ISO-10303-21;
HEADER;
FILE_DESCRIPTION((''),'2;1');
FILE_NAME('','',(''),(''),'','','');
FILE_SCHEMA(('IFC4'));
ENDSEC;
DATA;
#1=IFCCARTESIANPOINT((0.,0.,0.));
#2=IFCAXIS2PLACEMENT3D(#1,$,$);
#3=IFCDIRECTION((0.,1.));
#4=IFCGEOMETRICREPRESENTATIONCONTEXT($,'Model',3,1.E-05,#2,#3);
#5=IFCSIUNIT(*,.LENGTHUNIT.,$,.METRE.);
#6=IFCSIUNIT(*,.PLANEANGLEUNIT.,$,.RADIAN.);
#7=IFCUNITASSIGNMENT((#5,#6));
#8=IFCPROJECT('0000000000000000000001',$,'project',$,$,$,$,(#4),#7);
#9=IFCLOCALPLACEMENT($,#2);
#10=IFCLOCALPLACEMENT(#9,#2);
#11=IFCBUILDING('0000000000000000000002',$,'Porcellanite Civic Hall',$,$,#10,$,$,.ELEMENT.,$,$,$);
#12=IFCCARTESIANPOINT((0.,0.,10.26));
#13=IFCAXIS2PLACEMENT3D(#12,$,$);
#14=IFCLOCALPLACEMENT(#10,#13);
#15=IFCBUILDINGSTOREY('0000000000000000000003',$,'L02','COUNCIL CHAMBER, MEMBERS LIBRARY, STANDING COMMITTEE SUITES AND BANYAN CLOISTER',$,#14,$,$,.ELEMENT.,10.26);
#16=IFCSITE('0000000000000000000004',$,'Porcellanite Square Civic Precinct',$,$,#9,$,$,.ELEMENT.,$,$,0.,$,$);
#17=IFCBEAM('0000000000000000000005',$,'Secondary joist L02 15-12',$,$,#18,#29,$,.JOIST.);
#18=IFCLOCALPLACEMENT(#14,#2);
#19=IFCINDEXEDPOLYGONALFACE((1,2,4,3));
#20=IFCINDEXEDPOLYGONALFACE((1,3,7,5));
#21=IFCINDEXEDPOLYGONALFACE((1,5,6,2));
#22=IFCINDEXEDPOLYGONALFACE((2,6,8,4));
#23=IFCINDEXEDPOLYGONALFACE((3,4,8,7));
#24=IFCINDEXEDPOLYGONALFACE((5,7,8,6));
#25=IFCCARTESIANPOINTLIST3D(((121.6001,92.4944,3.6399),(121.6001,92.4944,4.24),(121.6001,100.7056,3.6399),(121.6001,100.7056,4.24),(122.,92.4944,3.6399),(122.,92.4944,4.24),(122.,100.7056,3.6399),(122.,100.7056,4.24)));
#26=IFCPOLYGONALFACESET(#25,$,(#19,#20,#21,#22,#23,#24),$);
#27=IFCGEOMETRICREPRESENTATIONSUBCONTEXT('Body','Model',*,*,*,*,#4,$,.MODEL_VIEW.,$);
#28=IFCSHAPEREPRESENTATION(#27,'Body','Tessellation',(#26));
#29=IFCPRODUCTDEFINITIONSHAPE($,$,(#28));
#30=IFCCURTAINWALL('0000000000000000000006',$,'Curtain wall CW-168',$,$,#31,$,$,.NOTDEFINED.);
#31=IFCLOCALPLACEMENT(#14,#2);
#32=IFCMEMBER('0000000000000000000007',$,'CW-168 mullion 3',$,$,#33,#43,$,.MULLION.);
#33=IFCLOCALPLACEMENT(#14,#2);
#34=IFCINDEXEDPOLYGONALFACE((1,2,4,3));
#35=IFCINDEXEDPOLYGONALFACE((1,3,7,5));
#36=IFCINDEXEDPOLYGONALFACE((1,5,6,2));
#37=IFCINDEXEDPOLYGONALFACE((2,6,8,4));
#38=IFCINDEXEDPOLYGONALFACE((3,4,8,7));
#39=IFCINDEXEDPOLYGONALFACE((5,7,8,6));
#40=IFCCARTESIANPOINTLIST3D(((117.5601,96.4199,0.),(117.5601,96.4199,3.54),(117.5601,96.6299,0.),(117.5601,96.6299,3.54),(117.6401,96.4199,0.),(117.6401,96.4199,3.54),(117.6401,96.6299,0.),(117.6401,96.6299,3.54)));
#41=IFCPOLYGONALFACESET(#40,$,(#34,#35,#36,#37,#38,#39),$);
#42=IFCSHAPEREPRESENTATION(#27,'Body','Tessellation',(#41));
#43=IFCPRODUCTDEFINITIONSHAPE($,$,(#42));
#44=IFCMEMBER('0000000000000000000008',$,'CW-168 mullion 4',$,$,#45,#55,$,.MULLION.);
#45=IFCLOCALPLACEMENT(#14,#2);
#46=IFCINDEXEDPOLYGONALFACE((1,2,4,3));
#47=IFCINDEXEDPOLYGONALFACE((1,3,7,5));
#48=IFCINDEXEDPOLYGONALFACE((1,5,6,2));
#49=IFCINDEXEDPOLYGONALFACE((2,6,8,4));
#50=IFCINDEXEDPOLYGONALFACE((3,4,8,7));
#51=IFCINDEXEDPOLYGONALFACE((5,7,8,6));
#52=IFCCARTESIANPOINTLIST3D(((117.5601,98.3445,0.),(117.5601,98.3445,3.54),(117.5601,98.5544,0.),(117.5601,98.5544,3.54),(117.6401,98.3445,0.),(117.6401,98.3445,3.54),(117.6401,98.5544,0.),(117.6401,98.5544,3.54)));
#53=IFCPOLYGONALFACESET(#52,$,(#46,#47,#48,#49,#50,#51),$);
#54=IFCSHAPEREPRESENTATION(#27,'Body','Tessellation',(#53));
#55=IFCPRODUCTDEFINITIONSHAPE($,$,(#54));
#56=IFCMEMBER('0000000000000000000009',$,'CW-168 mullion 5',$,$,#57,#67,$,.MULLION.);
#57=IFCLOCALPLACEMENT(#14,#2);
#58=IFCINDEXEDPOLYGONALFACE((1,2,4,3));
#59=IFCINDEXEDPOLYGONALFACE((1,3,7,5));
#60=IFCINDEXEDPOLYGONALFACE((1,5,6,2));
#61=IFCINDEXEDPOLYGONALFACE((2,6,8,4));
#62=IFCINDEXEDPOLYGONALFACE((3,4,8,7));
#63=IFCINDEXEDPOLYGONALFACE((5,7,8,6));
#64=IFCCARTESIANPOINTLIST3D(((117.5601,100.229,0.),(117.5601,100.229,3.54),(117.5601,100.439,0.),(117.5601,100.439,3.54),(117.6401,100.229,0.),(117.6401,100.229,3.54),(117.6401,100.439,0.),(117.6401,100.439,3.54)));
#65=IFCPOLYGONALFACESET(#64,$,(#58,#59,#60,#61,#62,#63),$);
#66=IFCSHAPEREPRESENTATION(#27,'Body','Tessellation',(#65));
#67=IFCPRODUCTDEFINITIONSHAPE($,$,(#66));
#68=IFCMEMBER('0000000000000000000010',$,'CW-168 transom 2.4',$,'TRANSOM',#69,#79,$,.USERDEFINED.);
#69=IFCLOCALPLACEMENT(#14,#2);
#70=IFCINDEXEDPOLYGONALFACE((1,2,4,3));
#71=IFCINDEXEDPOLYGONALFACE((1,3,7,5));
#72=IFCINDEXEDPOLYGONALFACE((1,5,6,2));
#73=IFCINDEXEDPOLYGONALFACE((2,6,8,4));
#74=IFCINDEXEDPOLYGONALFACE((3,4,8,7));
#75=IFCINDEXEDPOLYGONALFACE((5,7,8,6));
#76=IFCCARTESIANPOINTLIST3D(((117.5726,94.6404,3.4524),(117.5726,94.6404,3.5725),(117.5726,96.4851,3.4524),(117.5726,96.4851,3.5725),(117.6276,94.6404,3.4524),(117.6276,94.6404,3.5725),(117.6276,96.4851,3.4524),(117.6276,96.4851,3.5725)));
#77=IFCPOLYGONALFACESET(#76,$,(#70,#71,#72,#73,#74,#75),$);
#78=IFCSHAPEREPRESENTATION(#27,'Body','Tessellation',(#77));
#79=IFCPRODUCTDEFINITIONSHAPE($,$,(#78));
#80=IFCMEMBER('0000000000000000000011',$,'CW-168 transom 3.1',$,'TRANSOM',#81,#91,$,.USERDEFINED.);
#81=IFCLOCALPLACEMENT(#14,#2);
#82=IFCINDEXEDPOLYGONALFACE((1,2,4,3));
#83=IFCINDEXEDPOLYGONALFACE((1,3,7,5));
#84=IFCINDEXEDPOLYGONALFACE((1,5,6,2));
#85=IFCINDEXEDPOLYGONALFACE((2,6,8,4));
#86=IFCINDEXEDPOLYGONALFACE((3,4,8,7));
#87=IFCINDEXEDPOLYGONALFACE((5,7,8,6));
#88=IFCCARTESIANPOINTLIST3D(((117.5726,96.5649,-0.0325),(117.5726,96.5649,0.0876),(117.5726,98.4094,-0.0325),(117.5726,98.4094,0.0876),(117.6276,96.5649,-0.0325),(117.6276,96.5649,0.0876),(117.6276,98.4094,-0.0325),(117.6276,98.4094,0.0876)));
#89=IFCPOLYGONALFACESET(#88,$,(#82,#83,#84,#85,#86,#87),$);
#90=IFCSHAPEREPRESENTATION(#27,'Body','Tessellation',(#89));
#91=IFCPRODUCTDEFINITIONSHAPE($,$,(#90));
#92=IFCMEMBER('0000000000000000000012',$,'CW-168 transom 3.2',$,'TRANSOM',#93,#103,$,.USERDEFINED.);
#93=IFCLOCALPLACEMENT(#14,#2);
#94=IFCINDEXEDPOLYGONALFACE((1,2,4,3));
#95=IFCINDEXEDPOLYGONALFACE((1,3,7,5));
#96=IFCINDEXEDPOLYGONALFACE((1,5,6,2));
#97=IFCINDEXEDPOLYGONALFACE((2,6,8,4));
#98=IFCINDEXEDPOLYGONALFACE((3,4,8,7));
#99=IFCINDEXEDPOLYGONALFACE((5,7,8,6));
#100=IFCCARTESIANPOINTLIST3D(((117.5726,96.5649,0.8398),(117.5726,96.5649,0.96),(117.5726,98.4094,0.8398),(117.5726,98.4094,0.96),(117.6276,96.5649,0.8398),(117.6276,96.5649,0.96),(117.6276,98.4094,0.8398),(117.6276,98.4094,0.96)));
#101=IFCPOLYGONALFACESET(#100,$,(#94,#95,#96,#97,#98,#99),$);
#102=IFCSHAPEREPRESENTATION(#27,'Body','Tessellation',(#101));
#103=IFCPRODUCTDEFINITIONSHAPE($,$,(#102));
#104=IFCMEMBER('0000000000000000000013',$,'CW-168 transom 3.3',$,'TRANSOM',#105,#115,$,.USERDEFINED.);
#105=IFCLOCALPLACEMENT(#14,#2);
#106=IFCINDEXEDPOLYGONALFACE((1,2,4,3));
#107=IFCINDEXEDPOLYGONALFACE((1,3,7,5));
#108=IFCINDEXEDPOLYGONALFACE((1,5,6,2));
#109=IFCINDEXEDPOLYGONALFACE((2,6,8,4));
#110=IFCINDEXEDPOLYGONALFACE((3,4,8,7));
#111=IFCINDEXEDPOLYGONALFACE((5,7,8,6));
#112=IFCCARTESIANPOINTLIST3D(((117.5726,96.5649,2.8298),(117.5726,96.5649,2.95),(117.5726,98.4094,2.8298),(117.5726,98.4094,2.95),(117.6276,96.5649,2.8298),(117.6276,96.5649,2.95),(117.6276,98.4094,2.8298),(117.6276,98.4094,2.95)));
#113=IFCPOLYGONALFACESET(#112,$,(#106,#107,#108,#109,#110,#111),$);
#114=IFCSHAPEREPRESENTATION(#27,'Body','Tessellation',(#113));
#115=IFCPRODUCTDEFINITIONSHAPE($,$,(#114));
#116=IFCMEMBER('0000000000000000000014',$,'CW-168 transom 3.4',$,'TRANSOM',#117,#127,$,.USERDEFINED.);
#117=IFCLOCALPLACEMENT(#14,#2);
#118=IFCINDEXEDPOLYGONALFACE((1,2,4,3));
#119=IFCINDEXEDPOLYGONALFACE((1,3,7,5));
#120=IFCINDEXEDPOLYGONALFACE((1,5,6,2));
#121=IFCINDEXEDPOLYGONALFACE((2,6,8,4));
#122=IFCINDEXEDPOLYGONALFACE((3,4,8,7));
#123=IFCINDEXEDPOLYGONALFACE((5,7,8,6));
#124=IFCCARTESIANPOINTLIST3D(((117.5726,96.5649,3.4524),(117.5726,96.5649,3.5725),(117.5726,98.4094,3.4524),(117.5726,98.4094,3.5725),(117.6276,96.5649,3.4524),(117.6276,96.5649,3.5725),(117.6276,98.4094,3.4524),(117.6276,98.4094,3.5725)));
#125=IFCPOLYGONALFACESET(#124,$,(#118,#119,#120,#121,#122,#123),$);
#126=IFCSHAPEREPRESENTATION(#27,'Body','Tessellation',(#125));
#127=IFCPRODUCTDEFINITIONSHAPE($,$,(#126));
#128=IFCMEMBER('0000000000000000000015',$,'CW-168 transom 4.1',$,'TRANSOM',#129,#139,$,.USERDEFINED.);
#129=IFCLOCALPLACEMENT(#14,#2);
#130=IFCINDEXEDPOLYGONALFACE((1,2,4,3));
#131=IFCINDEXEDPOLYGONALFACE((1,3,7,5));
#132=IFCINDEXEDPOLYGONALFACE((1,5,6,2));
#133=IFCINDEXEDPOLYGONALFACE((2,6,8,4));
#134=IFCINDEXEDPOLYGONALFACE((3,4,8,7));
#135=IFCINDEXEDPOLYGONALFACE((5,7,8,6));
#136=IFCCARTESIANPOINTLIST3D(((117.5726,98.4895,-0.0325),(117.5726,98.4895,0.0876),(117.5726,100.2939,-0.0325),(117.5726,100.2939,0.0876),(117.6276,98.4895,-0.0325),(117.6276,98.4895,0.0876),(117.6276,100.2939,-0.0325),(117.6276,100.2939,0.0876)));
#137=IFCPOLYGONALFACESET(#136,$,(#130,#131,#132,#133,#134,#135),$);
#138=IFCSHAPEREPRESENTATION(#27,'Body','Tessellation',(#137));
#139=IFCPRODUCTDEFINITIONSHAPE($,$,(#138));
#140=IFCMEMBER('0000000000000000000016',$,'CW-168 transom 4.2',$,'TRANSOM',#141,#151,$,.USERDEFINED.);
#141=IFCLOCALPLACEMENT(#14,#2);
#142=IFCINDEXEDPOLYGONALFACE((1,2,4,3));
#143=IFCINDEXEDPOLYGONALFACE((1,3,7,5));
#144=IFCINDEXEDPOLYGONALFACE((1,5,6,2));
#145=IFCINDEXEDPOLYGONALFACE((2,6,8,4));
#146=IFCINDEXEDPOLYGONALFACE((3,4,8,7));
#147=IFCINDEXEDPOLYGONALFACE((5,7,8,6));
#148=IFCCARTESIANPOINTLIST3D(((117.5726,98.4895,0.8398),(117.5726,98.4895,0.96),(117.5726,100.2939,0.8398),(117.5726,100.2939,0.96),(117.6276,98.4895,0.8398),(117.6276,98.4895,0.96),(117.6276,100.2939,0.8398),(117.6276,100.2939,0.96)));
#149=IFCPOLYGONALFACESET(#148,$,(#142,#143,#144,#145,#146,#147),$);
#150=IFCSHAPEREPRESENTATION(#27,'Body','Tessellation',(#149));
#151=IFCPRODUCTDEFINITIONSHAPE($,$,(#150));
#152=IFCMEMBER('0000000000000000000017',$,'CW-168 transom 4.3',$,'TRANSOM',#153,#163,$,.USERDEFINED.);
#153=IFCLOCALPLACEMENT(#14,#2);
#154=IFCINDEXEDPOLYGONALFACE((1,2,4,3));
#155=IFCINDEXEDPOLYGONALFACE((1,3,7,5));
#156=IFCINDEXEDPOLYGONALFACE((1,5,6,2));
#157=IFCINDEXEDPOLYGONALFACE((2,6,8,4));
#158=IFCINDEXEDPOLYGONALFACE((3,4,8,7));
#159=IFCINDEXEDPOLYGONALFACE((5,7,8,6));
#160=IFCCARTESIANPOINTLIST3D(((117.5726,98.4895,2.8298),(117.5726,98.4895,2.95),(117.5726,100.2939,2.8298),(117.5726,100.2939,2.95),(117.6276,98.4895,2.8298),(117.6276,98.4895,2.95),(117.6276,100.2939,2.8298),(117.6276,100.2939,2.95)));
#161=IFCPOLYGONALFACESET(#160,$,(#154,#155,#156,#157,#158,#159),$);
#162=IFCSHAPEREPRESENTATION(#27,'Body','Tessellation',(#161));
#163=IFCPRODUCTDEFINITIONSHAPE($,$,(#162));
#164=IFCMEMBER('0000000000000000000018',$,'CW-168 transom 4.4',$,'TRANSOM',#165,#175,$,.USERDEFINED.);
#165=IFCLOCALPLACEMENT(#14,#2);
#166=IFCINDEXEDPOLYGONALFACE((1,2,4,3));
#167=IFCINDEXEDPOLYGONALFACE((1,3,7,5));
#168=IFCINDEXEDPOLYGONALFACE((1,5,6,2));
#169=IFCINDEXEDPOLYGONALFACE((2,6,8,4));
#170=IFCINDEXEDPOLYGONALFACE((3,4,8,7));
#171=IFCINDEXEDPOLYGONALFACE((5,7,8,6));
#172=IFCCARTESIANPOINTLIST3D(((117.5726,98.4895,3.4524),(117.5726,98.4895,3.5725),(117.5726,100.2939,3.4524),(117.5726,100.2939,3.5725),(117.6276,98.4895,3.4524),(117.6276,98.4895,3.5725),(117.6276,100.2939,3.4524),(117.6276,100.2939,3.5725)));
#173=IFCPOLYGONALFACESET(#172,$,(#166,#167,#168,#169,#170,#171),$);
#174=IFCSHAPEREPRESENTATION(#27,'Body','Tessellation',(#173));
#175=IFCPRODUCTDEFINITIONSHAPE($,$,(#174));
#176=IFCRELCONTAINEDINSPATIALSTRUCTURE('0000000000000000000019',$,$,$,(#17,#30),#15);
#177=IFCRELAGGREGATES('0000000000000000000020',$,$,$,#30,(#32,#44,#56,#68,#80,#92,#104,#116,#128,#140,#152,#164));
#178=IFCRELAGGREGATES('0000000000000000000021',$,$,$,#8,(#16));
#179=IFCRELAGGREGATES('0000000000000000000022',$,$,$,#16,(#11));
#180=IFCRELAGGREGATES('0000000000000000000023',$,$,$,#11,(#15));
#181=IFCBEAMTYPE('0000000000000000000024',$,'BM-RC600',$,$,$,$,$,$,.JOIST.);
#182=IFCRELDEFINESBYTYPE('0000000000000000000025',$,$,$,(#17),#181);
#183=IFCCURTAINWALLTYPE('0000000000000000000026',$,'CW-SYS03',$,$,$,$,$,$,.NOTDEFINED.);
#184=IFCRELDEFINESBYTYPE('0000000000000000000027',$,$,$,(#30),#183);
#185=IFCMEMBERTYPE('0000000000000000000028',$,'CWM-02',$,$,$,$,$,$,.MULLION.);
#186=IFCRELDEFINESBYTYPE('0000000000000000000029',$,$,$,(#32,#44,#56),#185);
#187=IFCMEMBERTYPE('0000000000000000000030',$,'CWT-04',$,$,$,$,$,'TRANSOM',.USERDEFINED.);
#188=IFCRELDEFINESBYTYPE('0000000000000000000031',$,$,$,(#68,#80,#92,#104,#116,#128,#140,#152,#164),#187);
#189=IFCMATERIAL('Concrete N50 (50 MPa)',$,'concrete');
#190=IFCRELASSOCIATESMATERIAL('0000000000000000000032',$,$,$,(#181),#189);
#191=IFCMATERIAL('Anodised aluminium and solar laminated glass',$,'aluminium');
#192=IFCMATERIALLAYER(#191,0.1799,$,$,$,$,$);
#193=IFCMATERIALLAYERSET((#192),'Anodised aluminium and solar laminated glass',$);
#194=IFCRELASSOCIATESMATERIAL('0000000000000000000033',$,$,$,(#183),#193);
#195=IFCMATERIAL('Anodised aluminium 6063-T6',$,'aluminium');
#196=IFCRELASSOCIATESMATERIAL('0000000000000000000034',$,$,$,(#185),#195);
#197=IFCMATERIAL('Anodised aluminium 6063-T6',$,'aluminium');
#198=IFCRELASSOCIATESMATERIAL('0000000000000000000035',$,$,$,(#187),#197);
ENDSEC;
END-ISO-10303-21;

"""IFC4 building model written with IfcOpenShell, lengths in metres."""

from ifc_helpers import new_model, si_unit, direction, frame, origin, origin_2d, place, context, subcontext, project, spatial, rectangle, extrude, material, layer, layer_set, material_profile, profile_set, type_object, element, aggregate, save


model = new_model("IFC4")

# Units and contexts
model_context = context("Model", 3, precision=1e-05, world=origin(), true_north=direction((0.0, 1.0)))
body_context = subcontext(model_context, "Body", "Model", "MODEL_VIEW")
ifc_project = project(units=[si_unit("LENGTHUNIT", "METRE"), si_unit("PLANEANGLEUNIT", "RADIAN")], contexts=[model_context])

# Site, building, storey
site_placement = place(None, origin())
site = spatial("IfcSite", under=ifc_project, at=site_placement, Name="Porcellanite Square Civic Precinct", CompositionType="ELEMENT", RefElevation=0.0)
building_placement = place(site_placement, origin())
building = spatial("IfcBuilding", under=site, at=building_placement, Name="Porcellanite Civic Hall", CompositionType="ELEMENT")
storey_placement = place(building_placement, frame((0.0, 0.0, 10.26)))
storey = spatial("IfcBuildingStorey", under=building, at=storey_placement, Name="L02", Description="COUNCIL CHAMBER, MEMBERS LIBRARY, STANDING COMMITTEE SUITES AND BANYAN CLOISTER", CompositionType="ELEMENT", Elevation=10.26)

# Beam
ifc_material_1 = material(Name="Concrete N50 (50 MPa)", Category="concrete")
ifc_material_profile_1 = material_profile(ifc_material_1, rectangle(XDim=0.3999, YDim=0.6001, at=origin_2d()), Name="RC-400x600")
ifc_profile_set_1 = profile_set([ifc_material_profile_1], Name="Concrete N50 (50 MPa)")
beam_type_1 = type_object("IfcBeamType", Name="BM-RC600", PredefinedType="JOIST", material=ifc_profile_set_1)
beam_1_placement = place(storey_placement, frame((121.8, 92.4944, 3.9399), z_axis=(0.0, 1.0, 0.0), x_axis=(-1.0, 0.0, 0.0)))
element("IfcBeam", 1, at=beam_1_placement, inside=storey, type_object=beam_type_1, Name="Secondary joist L02 15-12", PredefinedType="JOIST", context=body_context, shape_type="SweptSolid", body=[
    extrude(rectangle(XDim=0.3999, YDim=0.6001, at=origin_2d()), origin(), (0.0, 0.0, 1.0), 8.2112),
])

# Curtain wall, members
ifc_material_2 = material(Name="Anodised aluminium and solar laminated glass", Category="aluminium")
ifc_layer_1 = layer(ifc_material_2, 0.1799)
ifc_layer_set_1 = layer_set([ifc_layer_1], Name="Anodised aluminium and solar laminated glass")
curtain_wall_type = type_object("IfcCurtainWallType", Name="CW-SYS03", PredefinedType="NOTDEFINED", material=ifc_layer_set_1)
curtain_wall_placement = place(storey_placement, origin())
curtain_wall = element("IfcCurtainWall", 2, at=curtain_wall_placement, inside=storey, type_object=curtain_wall_type, Name="Curtain wall CW-168", PredefinedType="NOTDEFINED")
ifc_material_3 = material(Name="Anodised aluminium 6063-T6", Category="aluminium")
ifc_material_profile_2 = material_profile(ifc_material_3, rectangle(XDim=0.0801, YDim=0.21, at=origin_2d()), Name="AL-80x210")
ifc_profile_set_2 = profile_set([ifc_material_profile_2], Name="Anodised aluminium 6063-T6")
member_type_1 = type_object("IfcMemberType", Name="CWM-02", PredefinedType="MULLION", material=ifc_profile_set_2)
member_1_placement = place(storey_placement, frame((117.6001, 96.5249, 0.0), z_axis=(0.0, 0.0, 1.0), x_axis=(-1.0, 0.0, 0.0)))
member_1 = element("IfcMember", 3, at=member_1_placement, type_object=member_type_1, Name="CW-168 mullion 3", PredefinedType="MULLION", context=body_context, shape_type="SweptSolid", body=[
    extrude(rectangle(XDim=0.0801, YDim=0.21, at=origin_2d()), origin(), (0.0, 0.0, 1.0), 3.54),
])
member_2_placement = place(storey_placement, frame((117.6001, 98.4495, 0.0), z_axis=(0.0, 0.0, 1.0), x_axis=(-1.0, 0.0, 0.0)))
member_2 = element("IfcMember", 4, at=member_2_placement, type_object=member_type_1, Name="CW-168 mullion 4", PredefinedType="MULLION", context=body_context, shape_type="SweptSolid", body=[
    extrude(rectangle(XDim=0.0801, YDim=0.21, at=origin_2d()), origin(), (0.0, 0.0, 1.0), 3.54),
])
member_3_placement = place(storey_placement, frame((117.6001, 100.334, 0.0), z_axis=(0.0, 0.0, 1.0), x_axis=(-1.0, 0.0, 0.0)))
member_3 = element("IfcMember", 5, at=member_3_placement, type_object=member_type_1, Name="CW-168 mullion 5", PredefinedType="MULLION", context=body_context, shape_type="SweptSolid", body=[
    extrude(rectangle(XDim=0.0801, YDim=0.21, at=origin_2d()), origin(), (0.0, 0.0, 1.0), 3.54),
])
ifc_material_4 = material(Name="Anodised aluminium 6063-T6", Category="aluminium")
ifc_material_profile_3 = material_profile(ifc_material_4, rectangle(XDim=0.0549, YDim=0.1201, at=origin_2d()), Name="AL-55x120")
ifc_profile_set_3 = profile_set([ifc_material_profile_3], Name="Anodised aluminium 6063-T6")
member_type_2 = type_object("IfcMemberType", Name="CWT-04", ElementType="TRANSOM", PredefinedType="USERDEFINED", material=ifc_profile_set_3)
member_4_placement = place(storey_placement, frame((117.6001, 94.6404, 3.5125), z_axis=(0.0, 1.0, 0.0), x_axis=(-1.0, 0.0, 0.0)))
member_4 = element("IfcMember", 6, at=member_4_placement, type_object=member_type_2, Name="CW-168 transom 2.4", ObjectType="TRANSOM", PredefinedType="USERDEFINED", context=body_context, shape_type="SweptSolid", body=[
    extrude(rectangle(XDim=0.0549, YDim=0.1201, at=origin_2d()), origin(), (0.0, 0.0, 1.0), 1.8447),
])
member_5_placement = place(storey_placement, frame((117.6001, 96.5649, 0.0276), z_axis=(0.0, 1.0, 0.0), x_axis=(-1.0, 0.0, 0.0)))
member_5 = element("IfcMember", 7, at=member_5_placement, type_object=member_type_2, Name="CW-168 transom 3.1", ObjectType="TRANSOM", PredefinedType="USERDEFINED", context=body_context, shape_type="SweptSolid", body=[
    extrude(rectangle(XDim=0.0549, YDim=0.1201, at=origin_2d()), origin(), (0.0, 0.0, 1.0), 1.8445),
])
member_6_placement = place(storey_placement, frame((117.6001, 96.5649, 0.8999), z_axis=(0.0, 1.0, 0.0), x_axis=(-1.0, 0.0, 0.0)))
member_6 = element("IfcMember", 8, at=member_6_placement, type_object=member_type_2, Name="CW-168 transom 3.2", ObjectType="TRANSOM", PredefinedType="USERDEFINED", context=body_context, shape_type="SweptSolid", body=[
    extrude(rectangle(XDim=0.0549, YDim=0.1201, at=origin_2d()), origin(), (0.0, 0.0, 1.0), 1.8445),
])
member_7_placement = place(storey_placement, frame((117.6001, 96.5649, 2.8899), z_axis=(0.0, 1.0, 0.0), x_axis=(-1.0, 0.0, 0.0)))
member_7 = element("IfcMember", 9, at=member_7_placement, type_object=member_type_2, Name="CW-168 transom 3.3", ObjectType="TRANSOM", PredefinedType="USERDEFINED", context=body_context, shape_type="SweptSolid", body=[
    extrude(rectangle(XDim=0.0549, YDim=0.1201, at=origin_2d()), origin(), (0.0, 0.0, 1.0), 1.8445),
])
member_8_placement = place(storey_placement, frame((117.6001, 96.5649, 3.5125), z_axis=(0.0, 1.0, 0.0), x_axis=(-1.0, 0.0, 0.0)))
member_8 = element("IfcMember", 10, at=member_8_placement, type_object=member_type_2, Name="CW-168 transom 3.4", ObjectType="TRANSOM", PredefinedType="USERDEFINED", context=body_context, shape_type="SweptSolid", body=[
    extrude(rectangle(XDim=0.0549, YDim=0.1201, at=origin_2d()), origin(), (0.0, 0.0, 1.0), 1.8445),
])
member_9_placement = place(storey_placement, frame((117.6001, 98.4895, 0.0276), z_axis=(0.0, 1.0, 0.0), x_axis=(-1.0, 0.0, 0.0)))
member_9 = element("IfcMember", 11, at=member_9_placement, type_object=member_type_2, Name="CW-168 transom 4.1", ObjectType="TRANSOM", PredefinedType="USERDEFINED", context=body_context, shape_type="SweptSolid", body=[
    extrude(rectangle(XDim=0.0549, YDim=0.1201, at=origin_2d()), origin(), (0.0, 0.0, 1.0), 1.8044),
])
member_10_placement = place(storey_placement, frame((117.6001, 98.4895, 0.8999), z_axis=(0.0, 1.0, 0.0), x_axis=(-1.0, 0.0, 0.0)))
member_10 = element("IfcMember", 12, at=member_10_placement, type_object=member_type_2, Name="CW-168 transom 4.2", ObjectType="TRANSOM", PredefinedType="USERDEFINED", context=body_context, shape_type="SweptSolid", body=[
    extrude(rectangle(XDim=0.0549, YDim=0.1201, at=origin_2d()), origin(), (0.0, 0.0, 1.0), 1.8044),
])
member_11_placement = place(storey_placement, frame((117.6001, 98.4895, 2.8899), z_axis=(0.0, 1.0, 0.0), x_axis=(-1.0, 0.0, 0.0)))
member_11 = element("IfcMember", 13, at=member_11_placement, type_object=member_type_2, Name="CW-168 transom 4.3", ObjectType="TRANSOM", PredefinedType="USERDEFINED", context=body_context, shape_type="SweptSolid", body=[
    extrude(rectangle(XDim=0.0549, YDim=0.1201, at=origin_2d()), origin(), (0.0, 0.0, 1.0), 1.8044),
])
member_12_placement = place(storey_placement, frame((117.6001, 98.4895, 3.5125), z_axis=(0.0, 1.0, 0.0), x_axis=(-1.0, 0.0, 0.0)))
member_12 = element("IfcMember", 14, at=member_12_placement, type_object=member_type_2, Name="CW-168 transom 4.4", ObjectType="TRANSOM", PredefinedType="USERDEFINED", context=body_context, shape_type="SweptSolid", body=[
    extrude(rectangle(XDim=0.0549, YDim=0.1201, at=origin_2d()), origin(), (0.0, 0.0, 1.0), 1.8044),
])

aggregate(curtain_wall, [member_1, member_2, member_3, member_4, member_5, member_6, member_7, member_8, member_9, member_10, member_11, member_12])

save(model, "model.ifc")
